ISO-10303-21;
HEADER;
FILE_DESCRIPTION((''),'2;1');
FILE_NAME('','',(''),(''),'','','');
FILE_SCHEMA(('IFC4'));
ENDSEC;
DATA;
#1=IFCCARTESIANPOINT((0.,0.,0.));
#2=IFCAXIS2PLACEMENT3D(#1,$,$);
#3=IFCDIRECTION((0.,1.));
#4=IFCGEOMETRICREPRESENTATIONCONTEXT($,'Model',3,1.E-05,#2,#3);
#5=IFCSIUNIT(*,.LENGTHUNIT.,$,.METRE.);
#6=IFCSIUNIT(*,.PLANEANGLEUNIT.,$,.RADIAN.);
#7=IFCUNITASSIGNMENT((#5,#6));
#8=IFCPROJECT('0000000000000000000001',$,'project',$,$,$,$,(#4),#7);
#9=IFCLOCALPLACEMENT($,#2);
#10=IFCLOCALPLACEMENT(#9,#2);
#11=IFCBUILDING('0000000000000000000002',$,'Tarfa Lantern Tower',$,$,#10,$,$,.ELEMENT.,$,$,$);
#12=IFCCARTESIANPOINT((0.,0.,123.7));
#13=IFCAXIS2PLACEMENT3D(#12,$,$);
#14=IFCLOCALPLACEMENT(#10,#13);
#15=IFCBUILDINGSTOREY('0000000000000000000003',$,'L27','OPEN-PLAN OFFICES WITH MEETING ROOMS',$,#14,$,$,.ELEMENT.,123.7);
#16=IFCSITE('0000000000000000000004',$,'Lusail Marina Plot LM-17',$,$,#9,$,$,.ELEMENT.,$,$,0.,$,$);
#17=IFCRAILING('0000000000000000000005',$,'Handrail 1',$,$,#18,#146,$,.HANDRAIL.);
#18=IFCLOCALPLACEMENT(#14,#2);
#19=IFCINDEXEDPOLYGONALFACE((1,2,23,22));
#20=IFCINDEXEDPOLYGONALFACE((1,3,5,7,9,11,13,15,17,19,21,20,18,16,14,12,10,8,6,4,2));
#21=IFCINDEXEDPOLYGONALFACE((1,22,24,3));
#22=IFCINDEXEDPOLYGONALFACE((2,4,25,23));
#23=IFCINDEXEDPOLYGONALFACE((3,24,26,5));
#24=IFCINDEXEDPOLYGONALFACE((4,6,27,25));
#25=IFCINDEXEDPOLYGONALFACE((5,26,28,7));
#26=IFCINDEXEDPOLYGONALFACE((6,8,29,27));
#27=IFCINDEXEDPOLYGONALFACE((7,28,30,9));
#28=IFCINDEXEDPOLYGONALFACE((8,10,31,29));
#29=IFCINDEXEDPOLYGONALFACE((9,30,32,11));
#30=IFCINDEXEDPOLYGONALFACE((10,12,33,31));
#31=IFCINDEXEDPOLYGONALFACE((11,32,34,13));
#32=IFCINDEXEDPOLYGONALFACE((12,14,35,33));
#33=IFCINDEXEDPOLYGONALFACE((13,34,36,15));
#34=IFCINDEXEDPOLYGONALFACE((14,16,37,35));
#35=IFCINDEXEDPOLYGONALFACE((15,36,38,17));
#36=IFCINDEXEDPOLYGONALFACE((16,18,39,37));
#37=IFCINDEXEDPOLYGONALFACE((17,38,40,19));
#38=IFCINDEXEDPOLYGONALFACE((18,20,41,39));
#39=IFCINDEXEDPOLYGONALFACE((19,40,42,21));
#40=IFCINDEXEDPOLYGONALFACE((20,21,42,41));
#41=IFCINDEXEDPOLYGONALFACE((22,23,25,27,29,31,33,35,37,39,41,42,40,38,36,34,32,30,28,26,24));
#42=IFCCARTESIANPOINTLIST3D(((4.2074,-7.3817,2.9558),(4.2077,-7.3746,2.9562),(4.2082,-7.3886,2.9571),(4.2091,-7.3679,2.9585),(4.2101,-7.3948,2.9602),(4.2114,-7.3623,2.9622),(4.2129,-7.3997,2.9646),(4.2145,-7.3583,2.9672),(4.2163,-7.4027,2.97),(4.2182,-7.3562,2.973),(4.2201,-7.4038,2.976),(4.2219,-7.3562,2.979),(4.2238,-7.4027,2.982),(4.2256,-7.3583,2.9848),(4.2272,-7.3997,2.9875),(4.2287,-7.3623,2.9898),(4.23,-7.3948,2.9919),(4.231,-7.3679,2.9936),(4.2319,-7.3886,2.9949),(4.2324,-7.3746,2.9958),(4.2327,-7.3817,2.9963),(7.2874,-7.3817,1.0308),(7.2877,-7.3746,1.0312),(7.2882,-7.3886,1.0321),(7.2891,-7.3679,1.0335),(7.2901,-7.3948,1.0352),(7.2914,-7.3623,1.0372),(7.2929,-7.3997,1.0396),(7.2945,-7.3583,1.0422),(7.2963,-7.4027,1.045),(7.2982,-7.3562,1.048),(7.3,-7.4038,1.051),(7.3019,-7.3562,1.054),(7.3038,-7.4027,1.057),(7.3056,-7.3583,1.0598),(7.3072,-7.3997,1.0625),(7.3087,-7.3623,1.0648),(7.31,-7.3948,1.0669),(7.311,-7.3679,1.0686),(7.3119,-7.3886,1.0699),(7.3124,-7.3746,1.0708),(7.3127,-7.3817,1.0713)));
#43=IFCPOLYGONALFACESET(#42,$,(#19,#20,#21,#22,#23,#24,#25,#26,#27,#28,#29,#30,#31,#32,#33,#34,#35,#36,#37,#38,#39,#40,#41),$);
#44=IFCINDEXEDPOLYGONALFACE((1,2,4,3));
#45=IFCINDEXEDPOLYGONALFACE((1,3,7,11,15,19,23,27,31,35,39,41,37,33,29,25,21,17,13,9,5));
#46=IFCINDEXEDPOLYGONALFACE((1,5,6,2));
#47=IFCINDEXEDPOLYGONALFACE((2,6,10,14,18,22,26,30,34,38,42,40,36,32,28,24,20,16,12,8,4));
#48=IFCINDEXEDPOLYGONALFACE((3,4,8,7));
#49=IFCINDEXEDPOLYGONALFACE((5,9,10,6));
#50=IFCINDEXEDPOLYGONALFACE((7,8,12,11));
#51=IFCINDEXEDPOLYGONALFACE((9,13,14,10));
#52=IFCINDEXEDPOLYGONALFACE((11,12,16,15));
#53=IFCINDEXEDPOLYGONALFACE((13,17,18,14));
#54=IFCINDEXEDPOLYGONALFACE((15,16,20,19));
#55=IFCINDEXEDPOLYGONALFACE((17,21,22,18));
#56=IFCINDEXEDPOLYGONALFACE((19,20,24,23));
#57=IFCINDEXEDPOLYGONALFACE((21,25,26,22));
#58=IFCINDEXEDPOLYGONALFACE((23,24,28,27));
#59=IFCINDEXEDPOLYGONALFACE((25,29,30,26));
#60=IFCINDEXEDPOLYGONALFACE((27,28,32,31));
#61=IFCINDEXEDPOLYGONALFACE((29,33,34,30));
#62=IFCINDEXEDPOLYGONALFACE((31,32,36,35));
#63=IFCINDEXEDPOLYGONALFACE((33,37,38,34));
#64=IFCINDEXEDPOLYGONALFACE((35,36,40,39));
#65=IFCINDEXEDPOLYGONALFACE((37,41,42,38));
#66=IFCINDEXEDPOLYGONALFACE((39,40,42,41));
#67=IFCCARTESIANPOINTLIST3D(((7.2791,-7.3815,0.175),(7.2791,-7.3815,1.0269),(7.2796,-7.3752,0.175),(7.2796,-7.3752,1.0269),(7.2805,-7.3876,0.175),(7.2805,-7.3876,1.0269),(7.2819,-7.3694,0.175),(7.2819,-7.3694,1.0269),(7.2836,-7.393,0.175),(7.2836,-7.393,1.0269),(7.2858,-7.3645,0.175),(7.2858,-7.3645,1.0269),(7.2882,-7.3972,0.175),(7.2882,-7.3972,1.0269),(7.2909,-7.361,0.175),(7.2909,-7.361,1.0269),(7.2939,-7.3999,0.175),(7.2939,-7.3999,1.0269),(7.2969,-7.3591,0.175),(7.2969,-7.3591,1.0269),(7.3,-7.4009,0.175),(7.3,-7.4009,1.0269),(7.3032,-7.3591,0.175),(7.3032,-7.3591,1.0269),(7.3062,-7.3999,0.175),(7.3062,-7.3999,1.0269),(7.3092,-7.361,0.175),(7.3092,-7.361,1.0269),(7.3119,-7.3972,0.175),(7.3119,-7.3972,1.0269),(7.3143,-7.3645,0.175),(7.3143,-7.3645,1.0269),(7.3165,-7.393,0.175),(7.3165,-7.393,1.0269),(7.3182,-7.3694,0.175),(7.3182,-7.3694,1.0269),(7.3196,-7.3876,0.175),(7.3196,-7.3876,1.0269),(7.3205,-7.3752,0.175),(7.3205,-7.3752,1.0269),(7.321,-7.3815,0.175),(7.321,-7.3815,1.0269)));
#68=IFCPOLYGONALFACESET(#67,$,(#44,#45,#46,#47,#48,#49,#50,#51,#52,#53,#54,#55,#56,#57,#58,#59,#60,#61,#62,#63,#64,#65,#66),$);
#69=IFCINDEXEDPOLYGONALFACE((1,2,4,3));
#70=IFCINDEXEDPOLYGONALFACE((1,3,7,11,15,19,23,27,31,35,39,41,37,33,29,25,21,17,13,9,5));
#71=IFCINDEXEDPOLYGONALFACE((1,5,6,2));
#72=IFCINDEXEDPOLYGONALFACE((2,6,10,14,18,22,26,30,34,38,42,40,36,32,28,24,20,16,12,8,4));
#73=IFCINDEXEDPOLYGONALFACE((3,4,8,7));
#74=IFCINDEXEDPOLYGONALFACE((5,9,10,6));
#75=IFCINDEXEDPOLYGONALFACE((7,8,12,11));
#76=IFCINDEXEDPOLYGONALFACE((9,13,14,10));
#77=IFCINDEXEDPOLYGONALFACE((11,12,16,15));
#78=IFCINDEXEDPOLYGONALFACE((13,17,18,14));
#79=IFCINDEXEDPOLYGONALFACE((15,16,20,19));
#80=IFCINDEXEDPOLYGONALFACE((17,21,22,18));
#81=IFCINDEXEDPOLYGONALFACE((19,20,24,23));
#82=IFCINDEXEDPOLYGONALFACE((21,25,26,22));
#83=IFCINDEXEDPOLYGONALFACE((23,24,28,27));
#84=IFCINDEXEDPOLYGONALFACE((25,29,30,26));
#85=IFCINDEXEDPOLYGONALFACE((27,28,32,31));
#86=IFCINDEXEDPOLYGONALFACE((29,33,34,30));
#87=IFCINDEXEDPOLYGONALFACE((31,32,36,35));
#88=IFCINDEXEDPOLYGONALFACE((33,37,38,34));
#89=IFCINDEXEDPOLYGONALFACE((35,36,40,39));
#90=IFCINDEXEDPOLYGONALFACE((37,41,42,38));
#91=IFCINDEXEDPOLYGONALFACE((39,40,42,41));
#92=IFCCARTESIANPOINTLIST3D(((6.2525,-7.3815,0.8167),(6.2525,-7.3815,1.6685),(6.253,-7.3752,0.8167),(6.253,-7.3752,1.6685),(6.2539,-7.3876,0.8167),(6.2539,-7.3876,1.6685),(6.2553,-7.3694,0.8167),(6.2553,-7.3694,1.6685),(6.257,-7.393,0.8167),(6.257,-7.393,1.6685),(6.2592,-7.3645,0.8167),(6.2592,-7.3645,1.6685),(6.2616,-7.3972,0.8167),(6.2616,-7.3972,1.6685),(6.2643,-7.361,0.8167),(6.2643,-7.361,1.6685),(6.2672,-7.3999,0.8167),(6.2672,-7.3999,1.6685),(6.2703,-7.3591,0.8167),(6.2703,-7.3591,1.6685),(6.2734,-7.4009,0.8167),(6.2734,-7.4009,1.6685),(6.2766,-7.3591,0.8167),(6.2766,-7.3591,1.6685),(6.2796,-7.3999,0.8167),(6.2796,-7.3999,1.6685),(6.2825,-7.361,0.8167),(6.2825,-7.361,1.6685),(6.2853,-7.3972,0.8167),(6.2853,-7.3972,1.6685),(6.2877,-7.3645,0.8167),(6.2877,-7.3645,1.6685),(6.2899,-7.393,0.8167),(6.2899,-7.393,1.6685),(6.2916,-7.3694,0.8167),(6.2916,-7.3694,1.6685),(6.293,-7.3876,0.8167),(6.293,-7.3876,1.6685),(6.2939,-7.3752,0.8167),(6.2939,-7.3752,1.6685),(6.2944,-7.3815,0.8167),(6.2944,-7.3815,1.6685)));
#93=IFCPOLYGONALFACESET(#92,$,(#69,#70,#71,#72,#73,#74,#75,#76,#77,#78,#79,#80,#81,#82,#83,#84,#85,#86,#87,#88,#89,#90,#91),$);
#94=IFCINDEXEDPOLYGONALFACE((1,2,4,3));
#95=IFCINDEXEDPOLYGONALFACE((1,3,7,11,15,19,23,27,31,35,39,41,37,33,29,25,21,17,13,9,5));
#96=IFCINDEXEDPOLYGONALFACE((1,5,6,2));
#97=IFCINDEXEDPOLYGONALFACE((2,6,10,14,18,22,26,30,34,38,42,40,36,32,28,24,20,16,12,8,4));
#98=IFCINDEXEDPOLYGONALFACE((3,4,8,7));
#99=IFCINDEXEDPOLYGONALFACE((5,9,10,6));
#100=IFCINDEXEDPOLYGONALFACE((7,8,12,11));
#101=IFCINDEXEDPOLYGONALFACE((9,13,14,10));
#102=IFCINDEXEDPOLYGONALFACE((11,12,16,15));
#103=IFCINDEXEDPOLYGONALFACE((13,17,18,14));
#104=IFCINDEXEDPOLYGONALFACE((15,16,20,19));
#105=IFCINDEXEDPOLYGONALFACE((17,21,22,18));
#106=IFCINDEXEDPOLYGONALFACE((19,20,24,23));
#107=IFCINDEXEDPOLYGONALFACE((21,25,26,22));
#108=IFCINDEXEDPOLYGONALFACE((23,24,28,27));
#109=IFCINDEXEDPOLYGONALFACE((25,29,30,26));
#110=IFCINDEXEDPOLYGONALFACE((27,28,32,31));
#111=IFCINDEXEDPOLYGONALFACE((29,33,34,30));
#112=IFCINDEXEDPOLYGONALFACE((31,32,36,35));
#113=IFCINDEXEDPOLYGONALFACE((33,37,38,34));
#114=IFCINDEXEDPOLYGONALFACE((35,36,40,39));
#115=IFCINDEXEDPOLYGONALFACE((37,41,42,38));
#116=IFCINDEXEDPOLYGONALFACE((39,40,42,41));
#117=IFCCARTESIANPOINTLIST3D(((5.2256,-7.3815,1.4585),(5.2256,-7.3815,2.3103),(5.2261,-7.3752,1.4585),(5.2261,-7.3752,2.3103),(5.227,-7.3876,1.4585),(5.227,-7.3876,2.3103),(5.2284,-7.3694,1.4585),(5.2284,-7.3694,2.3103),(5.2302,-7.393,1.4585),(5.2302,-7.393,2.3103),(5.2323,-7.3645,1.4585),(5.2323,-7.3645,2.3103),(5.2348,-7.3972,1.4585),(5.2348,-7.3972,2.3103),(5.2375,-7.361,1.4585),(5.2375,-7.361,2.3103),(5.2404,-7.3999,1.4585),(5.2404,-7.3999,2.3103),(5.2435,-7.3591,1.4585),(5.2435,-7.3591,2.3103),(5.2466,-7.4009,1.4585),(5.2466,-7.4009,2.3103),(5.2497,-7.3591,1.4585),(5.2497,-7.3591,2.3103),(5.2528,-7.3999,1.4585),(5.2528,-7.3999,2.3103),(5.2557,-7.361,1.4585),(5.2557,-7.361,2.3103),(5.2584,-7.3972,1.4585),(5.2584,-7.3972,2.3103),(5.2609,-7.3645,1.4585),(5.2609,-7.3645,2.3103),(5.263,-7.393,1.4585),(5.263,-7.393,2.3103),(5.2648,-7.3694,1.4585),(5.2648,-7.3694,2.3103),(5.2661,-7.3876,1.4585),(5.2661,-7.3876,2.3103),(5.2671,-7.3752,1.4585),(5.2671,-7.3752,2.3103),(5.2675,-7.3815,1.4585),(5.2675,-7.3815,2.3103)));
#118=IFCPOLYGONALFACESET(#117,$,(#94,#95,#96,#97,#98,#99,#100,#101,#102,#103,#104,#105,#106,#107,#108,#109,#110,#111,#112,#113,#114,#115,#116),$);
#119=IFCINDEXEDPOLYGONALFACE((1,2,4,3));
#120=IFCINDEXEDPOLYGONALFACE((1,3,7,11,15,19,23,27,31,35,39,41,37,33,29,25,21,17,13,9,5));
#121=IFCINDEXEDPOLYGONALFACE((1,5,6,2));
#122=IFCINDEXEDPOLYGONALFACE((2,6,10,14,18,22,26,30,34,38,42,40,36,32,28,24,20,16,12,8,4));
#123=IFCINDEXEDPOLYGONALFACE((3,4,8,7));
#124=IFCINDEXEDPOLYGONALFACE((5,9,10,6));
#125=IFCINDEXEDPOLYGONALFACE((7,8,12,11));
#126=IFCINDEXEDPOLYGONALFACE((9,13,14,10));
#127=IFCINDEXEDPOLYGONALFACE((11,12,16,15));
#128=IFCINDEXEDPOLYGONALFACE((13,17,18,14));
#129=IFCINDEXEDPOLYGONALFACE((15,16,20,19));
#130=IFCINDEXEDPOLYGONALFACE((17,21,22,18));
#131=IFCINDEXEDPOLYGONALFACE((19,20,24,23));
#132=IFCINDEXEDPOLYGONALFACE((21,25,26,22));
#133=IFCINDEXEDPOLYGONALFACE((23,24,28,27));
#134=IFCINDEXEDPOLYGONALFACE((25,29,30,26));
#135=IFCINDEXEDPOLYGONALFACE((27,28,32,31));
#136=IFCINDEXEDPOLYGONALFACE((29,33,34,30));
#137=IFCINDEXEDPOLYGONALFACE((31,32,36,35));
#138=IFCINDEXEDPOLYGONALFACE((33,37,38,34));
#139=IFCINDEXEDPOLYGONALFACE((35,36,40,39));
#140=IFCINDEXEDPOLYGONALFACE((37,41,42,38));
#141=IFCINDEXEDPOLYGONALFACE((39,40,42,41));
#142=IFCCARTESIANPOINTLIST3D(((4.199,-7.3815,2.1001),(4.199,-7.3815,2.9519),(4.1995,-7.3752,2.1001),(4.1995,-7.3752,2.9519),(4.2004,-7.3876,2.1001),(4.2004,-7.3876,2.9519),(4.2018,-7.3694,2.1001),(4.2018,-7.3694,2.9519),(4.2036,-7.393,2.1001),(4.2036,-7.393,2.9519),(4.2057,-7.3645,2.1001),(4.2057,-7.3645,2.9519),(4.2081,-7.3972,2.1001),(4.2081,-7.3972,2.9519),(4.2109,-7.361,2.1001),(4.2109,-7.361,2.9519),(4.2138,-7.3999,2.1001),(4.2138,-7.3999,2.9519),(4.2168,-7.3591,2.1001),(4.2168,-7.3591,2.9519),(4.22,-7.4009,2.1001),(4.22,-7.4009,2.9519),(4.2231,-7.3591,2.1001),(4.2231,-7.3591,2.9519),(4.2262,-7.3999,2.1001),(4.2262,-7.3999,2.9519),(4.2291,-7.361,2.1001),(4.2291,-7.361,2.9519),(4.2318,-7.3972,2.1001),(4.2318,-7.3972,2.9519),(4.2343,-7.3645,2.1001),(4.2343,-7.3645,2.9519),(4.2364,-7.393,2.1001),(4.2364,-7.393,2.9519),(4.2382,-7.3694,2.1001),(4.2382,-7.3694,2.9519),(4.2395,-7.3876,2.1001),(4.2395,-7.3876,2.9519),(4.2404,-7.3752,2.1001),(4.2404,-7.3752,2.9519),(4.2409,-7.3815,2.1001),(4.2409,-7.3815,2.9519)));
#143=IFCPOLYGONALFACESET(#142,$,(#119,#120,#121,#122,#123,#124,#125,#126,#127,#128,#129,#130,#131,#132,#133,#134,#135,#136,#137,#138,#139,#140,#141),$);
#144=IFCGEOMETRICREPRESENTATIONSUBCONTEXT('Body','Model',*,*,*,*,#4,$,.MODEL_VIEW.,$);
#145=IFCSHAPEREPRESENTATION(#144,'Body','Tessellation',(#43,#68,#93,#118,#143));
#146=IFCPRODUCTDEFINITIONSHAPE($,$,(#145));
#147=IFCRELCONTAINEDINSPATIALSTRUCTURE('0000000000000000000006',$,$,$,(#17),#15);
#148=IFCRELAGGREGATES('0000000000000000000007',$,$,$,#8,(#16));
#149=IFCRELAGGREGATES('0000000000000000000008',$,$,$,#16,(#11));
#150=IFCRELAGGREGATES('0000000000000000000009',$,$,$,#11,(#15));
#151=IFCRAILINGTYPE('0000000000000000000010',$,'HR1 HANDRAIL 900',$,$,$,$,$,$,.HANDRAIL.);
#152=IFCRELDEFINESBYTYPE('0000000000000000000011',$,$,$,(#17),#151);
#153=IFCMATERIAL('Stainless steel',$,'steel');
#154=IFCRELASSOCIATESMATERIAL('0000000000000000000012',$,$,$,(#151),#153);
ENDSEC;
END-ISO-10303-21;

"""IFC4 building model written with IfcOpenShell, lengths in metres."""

from ifc_helpers import new_model, si_unit, direction, frame, origin, origin_2d, place, context, subcontext, project, spatial, circle, extrude, material, type_object, element, save


model = new_model("IFC4")

# Units and contexts
model_context = context("Model", 3, precision=1e-05, world=origin(), true_north=direction((0.0, 1.0)))
body_context = subcontext(model_context, "Body", "Model", "MODEL_VIEW")
ifc_project = project(units=[si_unit("LENGTHUNIT", "METRE"), si_unit("PLANEANGLEUNIT", "RADIAN")], contexts=[model_context])

# Site, building, storey
site_placement = place(None, origin())
site = spatial("IfcSite", under=ifc_project, at=site_placement, Name="Lusail Marina Plot LM-17", CompositionType="ELEMENT", RefElevation=0.0)
building_placement = place(site_placement, origin())
building = spatial("IfcBuilding", under=site, at=building_placement, Name="Tarfa Lantern Tower", CompositionType="ELEMENT")
storey_placement = place(building_placement, frame((0.0, 0.0, 123.7)))
storey = spatial("IfcBuildingStorey", under=building, at=storey_placement, Name="L27", Description="OPEN-PLAN OFFICES WITH MEETING ROOMS", CompositionType="ELEMENT", Elevation=123.7)

# Railing
ifc_material_1 = material(Name="Stainless steel", Category="steel")
railing_type = type_object("IfcRailingType", Name="HR1 HANDRAIL 900", PredefinedType="HANDRAIL", material=ifc_material_1)
railing_placement = place(storey_placement, frame((7.3, -7.3799, 0.175)))
element("IfcRailing", 1, at=railing_placement, inside=storey, type_object=railing_type, Name="Handrail 1", PredefinedType="HANDRAIL", context=body_context, shape_type="SweptSolid", body=[
    extrude(circle(Radius=0.0239, at=origin_2d()), frame((0.0, 0.0, 0.876), z_axis=(-0.847998, 0.0, 0.529999), x_axis=(0.0, -1.0, 0.0)), (0.0, 0.0, 1.0), 3.6321),
    extrude(circle(Radius=0.021, at=origin_2d()), frame((0.0, 0.0, 0.0), z_axis=(0.0, 0.0, 1.0), x_axis=(0.0, -1.0, 0.0)), (0.0, 0.0, 1.0), 0.8518),
    extrude(circle(Radius=0.021, at=origin_2d()), frame((-1.0266, 0.0, 0.6416), z_axis=(0.0, 0.0, 1.0), x_axis=(0.0, -1.0, 0.0)), (0.0, 0.0, 1.0), 0.8518),
    extrude(circle(Radius=0.021, at=origin_2d()), frame((-2.0535, 0.0, 1.2834), z_axis=(0.0, 0.0, 1.0), x_axis=(0.0, -1.0, 0.0)), (0.0, 0.0, 1.0), 0.8518),
    extrude(circle(Radius=0.021, at=origin_2d()), frame((-3.0801, 0.0, 1.925), z_axis=(0.0, 0.0, 1.0), x_axis=(0.0, -1.0, 0.0)), (0.0, 0.0, 1.0), 0.8518),
])

save(model, "model.ifc")
